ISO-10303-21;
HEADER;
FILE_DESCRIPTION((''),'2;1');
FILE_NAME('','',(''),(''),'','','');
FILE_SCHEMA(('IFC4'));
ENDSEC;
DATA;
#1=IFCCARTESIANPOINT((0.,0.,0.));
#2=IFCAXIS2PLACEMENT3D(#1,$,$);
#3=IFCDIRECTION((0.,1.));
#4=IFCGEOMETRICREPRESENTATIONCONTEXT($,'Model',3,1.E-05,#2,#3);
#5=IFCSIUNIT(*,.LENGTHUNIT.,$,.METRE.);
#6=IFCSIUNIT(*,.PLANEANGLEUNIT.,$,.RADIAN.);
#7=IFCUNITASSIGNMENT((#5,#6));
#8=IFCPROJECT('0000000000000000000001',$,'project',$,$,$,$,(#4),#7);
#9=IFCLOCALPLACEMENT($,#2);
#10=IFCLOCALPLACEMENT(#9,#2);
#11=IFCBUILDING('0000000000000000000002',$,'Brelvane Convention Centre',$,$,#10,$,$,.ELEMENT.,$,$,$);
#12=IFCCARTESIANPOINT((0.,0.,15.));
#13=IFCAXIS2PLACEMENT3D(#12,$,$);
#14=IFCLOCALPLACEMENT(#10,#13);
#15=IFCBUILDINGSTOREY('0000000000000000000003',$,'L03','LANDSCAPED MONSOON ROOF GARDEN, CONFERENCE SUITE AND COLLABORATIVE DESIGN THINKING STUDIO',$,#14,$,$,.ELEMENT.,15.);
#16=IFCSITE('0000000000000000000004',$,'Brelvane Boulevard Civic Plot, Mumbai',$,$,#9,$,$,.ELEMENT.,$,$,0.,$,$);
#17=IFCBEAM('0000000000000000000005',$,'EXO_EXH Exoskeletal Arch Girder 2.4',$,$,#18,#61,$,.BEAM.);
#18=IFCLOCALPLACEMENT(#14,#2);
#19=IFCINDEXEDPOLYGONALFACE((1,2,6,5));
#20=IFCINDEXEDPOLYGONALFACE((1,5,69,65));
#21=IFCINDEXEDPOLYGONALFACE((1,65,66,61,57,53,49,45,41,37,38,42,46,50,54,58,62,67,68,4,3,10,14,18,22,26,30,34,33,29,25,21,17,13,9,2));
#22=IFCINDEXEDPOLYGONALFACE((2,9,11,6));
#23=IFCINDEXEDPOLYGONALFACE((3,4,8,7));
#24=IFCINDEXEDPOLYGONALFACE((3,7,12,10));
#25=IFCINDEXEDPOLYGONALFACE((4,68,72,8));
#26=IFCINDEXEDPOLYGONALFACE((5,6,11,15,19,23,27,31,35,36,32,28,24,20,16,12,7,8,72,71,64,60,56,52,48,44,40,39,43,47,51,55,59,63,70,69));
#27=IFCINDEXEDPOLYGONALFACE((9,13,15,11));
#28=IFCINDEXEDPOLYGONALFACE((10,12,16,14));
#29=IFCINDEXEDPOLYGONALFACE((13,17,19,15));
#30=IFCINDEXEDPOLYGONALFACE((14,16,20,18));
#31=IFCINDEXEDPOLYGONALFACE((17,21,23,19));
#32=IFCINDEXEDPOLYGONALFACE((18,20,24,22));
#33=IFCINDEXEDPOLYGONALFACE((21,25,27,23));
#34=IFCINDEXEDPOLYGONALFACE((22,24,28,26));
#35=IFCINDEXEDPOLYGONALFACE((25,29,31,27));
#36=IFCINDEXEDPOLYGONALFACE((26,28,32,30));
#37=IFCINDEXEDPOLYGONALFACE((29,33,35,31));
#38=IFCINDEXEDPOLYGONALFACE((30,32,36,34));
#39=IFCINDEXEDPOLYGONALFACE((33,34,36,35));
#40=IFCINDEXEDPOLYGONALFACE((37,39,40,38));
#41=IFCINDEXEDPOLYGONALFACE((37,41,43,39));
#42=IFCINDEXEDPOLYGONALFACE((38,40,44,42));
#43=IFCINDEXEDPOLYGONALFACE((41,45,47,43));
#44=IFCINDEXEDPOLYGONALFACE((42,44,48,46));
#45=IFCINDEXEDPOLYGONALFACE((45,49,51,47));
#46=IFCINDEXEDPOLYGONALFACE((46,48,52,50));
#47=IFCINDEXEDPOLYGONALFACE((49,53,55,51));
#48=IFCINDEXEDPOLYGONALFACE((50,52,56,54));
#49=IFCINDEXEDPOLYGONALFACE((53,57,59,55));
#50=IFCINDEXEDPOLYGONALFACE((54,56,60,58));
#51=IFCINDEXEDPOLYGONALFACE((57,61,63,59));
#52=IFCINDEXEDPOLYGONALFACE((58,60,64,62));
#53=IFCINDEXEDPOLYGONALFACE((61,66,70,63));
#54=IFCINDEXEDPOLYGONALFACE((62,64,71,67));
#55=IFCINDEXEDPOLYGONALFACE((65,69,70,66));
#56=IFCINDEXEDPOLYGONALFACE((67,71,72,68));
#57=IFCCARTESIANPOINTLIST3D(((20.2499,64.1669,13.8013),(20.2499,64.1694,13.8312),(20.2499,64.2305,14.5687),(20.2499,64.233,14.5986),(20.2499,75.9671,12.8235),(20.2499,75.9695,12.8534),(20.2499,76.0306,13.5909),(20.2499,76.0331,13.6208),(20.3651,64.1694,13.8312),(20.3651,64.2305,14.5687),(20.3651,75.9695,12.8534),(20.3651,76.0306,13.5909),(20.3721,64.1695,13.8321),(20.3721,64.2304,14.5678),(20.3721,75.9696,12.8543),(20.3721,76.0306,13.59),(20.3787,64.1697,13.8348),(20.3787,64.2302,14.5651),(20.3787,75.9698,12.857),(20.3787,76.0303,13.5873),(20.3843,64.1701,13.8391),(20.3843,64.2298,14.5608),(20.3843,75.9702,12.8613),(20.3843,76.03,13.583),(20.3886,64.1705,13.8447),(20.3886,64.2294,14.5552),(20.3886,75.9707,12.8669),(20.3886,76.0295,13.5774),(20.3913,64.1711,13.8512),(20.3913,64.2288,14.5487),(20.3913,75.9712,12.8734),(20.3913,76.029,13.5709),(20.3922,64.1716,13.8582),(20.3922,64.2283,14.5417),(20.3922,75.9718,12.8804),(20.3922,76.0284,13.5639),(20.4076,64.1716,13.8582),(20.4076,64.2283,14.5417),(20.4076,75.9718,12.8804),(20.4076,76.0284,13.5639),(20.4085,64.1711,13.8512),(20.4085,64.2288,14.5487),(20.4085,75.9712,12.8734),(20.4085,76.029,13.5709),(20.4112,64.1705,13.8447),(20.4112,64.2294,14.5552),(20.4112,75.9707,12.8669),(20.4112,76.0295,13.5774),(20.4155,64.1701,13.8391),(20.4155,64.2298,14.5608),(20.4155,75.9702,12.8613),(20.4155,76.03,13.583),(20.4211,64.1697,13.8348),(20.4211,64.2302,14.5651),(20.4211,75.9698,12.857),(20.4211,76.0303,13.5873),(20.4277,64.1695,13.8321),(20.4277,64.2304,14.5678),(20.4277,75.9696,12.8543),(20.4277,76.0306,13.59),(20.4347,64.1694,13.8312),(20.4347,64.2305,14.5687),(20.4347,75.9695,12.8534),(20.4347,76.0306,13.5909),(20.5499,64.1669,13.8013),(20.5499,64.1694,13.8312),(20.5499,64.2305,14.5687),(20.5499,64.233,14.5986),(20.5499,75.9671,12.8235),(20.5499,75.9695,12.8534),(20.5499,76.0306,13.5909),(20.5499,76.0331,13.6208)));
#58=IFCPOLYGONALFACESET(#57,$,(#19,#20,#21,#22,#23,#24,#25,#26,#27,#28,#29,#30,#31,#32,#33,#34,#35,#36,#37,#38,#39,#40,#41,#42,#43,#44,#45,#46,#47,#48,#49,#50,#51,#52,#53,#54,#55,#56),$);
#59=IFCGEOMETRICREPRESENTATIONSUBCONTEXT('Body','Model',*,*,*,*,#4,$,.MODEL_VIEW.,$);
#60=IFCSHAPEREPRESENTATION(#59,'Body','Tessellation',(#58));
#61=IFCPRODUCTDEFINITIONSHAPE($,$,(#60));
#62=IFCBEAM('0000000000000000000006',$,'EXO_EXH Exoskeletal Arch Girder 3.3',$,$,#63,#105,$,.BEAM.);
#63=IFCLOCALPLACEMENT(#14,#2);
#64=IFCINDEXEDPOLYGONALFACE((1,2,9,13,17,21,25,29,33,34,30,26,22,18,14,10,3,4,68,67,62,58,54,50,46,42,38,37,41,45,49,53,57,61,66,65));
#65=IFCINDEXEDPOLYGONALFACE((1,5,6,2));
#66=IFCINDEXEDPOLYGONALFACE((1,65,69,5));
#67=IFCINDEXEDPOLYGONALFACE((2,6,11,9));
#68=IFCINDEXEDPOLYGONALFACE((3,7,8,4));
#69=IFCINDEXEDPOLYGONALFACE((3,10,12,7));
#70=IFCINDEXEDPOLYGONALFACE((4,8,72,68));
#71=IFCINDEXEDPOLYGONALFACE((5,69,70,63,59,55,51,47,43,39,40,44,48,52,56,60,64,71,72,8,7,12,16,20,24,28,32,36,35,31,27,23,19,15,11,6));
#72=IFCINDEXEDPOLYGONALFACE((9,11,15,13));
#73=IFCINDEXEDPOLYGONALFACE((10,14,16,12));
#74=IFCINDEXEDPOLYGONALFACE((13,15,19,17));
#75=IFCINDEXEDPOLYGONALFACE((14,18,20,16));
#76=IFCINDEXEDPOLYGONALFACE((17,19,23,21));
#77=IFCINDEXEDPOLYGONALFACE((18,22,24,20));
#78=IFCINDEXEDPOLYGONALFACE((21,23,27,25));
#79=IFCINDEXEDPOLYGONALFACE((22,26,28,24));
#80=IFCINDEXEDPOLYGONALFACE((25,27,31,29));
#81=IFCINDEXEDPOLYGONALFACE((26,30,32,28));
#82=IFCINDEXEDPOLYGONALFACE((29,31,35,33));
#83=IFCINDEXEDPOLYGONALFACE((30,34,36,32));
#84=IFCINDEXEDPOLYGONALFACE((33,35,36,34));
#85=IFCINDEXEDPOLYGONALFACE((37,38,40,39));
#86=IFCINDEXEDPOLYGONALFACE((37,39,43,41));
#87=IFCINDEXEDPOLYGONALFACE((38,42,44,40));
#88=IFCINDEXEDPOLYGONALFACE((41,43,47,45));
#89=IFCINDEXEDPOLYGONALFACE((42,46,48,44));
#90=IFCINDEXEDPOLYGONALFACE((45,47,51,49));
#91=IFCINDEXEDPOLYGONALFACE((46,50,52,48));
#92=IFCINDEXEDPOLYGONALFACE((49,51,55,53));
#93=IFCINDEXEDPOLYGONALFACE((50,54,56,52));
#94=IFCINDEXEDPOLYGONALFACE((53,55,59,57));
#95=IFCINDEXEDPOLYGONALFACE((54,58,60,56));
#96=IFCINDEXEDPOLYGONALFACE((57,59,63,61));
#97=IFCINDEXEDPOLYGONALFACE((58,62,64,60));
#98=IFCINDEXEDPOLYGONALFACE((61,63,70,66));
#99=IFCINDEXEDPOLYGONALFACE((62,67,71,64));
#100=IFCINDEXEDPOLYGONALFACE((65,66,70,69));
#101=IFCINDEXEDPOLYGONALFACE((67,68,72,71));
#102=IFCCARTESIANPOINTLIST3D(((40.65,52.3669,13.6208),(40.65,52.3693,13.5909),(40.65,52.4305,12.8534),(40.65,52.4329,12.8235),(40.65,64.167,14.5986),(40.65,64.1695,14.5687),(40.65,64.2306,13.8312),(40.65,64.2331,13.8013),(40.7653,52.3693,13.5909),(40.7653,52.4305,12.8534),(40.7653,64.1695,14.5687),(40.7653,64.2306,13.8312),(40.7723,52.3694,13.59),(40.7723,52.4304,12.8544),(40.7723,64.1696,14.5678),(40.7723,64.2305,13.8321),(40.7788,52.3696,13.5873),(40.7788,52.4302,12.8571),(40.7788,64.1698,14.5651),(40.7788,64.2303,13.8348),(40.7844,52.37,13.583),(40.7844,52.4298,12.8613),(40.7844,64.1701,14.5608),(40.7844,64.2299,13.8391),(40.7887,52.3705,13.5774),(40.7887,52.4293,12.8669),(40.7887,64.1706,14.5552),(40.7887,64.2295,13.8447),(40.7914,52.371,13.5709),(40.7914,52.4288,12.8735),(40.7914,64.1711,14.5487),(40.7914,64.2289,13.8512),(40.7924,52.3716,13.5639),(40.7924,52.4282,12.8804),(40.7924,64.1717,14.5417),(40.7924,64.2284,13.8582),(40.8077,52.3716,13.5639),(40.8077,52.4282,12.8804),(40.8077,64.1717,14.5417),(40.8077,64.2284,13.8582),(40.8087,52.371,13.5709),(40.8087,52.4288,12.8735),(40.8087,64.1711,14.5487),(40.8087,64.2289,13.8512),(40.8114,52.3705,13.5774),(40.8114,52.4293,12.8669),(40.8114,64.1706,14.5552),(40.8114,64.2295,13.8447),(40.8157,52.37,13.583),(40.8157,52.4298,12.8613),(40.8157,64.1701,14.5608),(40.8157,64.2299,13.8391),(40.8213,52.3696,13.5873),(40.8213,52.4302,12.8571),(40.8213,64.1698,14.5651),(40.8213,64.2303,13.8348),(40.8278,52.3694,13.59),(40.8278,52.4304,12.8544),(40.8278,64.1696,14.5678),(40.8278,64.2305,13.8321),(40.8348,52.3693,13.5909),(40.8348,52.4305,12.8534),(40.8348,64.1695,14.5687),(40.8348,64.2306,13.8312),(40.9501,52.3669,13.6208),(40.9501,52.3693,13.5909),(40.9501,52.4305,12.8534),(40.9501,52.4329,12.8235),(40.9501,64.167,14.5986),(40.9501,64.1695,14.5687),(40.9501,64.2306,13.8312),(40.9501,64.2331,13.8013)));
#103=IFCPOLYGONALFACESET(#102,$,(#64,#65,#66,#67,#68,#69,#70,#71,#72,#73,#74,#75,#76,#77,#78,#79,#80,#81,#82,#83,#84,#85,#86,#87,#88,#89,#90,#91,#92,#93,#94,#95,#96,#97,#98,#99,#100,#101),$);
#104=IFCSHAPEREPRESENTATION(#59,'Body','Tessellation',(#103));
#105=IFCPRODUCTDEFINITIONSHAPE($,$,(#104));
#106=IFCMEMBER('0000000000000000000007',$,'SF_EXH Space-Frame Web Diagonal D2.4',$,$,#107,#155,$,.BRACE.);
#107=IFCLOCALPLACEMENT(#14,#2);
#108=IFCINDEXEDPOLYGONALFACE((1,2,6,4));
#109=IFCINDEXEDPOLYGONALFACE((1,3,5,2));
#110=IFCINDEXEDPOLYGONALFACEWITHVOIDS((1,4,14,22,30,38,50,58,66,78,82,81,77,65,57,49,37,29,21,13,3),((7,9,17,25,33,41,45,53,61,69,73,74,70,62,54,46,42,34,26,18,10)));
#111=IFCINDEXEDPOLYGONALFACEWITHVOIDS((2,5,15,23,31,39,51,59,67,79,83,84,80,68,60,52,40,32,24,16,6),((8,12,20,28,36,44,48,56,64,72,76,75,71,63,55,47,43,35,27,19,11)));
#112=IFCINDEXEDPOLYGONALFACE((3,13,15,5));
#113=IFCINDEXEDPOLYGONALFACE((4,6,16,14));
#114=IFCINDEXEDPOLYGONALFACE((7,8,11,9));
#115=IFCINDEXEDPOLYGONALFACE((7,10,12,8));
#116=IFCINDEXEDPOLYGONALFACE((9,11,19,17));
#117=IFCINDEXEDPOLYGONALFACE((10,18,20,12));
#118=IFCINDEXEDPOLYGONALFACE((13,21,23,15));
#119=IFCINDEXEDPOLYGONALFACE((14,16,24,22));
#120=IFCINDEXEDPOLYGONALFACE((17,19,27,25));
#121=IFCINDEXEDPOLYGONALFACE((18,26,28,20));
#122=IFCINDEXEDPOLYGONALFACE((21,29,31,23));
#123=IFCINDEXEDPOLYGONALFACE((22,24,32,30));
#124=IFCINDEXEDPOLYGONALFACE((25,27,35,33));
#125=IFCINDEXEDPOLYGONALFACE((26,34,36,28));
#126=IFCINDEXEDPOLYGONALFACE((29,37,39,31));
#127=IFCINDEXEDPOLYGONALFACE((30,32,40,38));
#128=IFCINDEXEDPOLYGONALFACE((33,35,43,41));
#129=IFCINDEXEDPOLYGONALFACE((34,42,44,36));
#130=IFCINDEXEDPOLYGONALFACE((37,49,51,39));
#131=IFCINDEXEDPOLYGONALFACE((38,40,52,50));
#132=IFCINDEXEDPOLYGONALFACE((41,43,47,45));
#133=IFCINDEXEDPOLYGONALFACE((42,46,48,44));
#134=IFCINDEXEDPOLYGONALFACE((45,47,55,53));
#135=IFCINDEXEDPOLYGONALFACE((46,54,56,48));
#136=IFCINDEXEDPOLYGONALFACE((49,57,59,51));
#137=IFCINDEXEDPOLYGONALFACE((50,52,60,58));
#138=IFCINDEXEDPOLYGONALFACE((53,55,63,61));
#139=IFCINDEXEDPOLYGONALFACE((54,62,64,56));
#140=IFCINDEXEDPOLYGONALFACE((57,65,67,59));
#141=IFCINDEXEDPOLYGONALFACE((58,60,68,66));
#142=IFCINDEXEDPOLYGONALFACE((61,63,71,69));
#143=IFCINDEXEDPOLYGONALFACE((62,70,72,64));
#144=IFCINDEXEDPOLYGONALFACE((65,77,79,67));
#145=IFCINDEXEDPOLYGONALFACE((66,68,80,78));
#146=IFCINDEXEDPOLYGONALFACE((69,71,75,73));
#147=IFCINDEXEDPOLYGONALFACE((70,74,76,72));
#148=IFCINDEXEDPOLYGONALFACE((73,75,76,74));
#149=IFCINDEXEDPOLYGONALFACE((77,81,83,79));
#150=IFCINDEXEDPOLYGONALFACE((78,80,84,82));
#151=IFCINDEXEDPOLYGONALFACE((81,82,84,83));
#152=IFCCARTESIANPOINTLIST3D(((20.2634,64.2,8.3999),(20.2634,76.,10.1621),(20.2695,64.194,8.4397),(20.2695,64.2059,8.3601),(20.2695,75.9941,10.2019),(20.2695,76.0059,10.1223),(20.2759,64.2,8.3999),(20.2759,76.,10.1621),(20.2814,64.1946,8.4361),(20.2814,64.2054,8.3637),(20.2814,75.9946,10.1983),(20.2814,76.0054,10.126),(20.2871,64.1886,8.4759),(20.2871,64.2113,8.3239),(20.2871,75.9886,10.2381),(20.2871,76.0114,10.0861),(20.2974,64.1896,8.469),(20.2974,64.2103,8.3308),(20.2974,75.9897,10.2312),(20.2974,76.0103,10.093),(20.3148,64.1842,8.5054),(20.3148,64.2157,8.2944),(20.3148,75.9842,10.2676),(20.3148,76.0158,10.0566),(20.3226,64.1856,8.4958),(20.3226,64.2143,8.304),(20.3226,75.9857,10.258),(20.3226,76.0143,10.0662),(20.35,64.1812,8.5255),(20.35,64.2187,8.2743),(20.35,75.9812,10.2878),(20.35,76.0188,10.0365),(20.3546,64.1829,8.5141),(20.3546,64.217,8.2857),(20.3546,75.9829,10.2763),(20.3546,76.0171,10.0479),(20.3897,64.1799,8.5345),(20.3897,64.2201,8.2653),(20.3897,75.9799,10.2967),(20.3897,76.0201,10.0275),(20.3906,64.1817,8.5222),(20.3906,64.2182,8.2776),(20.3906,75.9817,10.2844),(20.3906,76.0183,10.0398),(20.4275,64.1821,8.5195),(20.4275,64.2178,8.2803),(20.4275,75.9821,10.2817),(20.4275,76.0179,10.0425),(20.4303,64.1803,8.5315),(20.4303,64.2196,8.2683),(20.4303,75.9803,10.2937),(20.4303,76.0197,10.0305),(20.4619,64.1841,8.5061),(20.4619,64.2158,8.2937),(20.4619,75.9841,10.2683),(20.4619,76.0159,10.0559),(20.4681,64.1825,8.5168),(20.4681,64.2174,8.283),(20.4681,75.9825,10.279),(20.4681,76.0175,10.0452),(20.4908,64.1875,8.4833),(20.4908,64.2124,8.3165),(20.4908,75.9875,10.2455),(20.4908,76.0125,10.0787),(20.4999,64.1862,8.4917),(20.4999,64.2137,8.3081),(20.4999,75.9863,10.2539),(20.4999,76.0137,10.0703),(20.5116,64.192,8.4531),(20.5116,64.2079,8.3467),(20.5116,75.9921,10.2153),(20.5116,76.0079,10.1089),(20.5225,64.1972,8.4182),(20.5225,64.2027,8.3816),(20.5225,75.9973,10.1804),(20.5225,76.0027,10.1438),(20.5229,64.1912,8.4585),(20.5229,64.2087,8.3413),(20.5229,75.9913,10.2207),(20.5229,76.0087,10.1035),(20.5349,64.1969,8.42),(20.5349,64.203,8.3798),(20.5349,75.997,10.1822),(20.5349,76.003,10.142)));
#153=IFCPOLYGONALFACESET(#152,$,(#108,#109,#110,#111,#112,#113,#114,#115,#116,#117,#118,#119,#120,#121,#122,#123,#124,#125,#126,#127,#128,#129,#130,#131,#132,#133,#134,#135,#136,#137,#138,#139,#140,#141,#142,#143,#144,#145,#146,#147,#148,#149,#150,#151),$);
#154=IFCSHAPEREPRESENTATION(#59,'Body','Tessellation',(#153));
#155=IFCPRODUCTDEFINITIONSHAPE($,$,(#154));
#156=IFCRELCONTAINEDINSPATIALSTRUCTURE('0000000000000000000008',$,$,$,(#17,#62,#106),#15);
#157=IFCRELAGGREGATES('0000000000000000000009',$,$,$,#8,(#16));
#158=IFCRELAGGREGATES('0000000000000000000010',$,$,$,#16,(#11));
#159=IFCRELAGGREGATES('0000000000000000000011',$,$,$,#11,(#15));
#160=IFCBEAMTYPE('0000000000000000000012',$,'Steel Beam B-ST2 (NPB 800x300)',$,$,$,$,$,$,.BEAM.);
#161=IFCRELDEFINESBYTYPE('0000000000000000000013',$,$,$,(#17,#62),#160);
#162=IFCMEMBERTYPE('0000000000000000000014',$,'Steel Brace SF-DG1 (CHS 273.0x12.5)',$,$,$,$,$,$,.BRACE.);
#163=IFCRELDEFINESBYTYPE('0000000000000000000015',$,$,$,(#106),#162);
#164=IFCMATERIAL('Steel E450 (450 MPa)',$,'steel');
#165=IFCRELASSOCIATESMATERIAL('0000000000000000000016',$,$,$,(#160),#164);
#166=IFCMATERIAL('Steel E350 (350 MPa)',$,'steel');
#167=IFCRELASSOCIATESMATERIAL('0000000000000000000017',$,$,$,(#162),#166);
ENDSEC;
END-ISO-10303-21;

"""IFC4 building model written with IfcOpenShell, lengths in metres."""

from ifc_helpers import new_model, si_unit, direction, frame, origin, origin_2d, place, context, subcontext, project, spatial, hollow_circle, i_section, extrude, material, material_profile, profile_set, type_object, element, save


model = new_model("IFC4")

# Units and contexts
model_context = context("Model", 3, precision=1e-05, world=origin(), true_north=direction((0.0, 1.0)))
body_context = subcontext(model_context, "Body", "Model", "MODEL_VIEW")
ifc_project = project(units=[si_unit("LENGTHUNIT", "METRE"), si_unit("PLANEANGLEUNIT", "RADIAN")], contexts=[model_context])

# Site, building, storey
site_placement = place(None, origin())
site = spatial("IfcSite", under=ifc_project, at=site_placement, Name="Brelvane Boulevard Civic Plot, Mumbai", CompositionType="ELEMENT", RefElevation=0.0)
building_placement = place(site_placement, origin())
building = spatial("IfcBuilding", under=site, at=building_placement, Name="Brelvane Convention Centre", CompositionType="ELEMENT")
storey_placement = place(building_placement, frame((0.0, 0.0, 15.0)))
storey = spatial("IfcBuildingStorey", under=building, at=storey_placement, Name="L03", Description="LANDSCAPED MONSOON ROOF GARDEN, CONFERENCE SUITE AND COLLABORATIVE DESIGN THINKING STUDIO", CompositionType="ELEMENT", Elevation=15.0)

# Beams
ifc_material_1 = material(Name="Steel E450 (450 MPa)", Category="steel")
ifc_material_profile_1 = material_profile(ifc_material_1, i_section(OverallWidth=0.3, OverallDepth=0.8, WebThickness=0.0154, FlangeThickness=0.03, FilletRadius=0.0271, at=origin_2d()), Name="NPB 800x300")
ifc_profile_set_1 = profile_set([ifc_material_profile_1], Name="Steel E450 (450 MPa)")
beam_type = type_object("IfcBeamType", Name="Steel Beam B-ST2 (NPB 800x300)", PredefinedType="BEAM", material=ifc_profile_set_1)
for number, where, z_axis, x_axis, name in (
    (1, (20.3999, 64.2, 14.2), (0.0, 0.996584, -0.08258), (-1.0, 0.0, 0.0), "EXO_EXH Exoskeletal Arch Girder 2.4"),
    (2, (40.8, 52.3999, 13.2222), (0.0, 0.996584, 0.08258), (-1.0, 0.0, 0.0), "EXO_EXH Exoskeletal Arch Girder 3.3"),
):
    element("IfcBeam", number, at=place(storey_placement, frame(where, z_axis=z_axis, x_axis=x_axis)), inside=storey, type_object=beam_type, Name=name, PredefinedType="BEAM", context=body_context, shape_type="SweptSolid", body=[
        extrude(i_section(OverallWidth=0.3, OverallDepth=0.8, WebThickness=0.0154, FlangeThickness=0.03, FilletRadius=0.0271, at=origin_2d()), origin(), (0.0, 0.0, 1.0), 11.8406),
    ])

# Member
ifc_material_2 = material(Name="Steel E350 (350 MPa)", Category="steel")
ifc_material_profile_2 = material_profile(ifc_material_2, hollow_circle(Radius=0.1365, WallThickness=0.0125, at=origin_2d()), Name="CHS 273.0x12.5")
ifc_profile_set_2 = profile_set([ifc_material_profile_2], Name="Steel E350 (350 MPa)")
member_type_1 = type_object("IfcMemberType", Name="Steel Brace SF-DG1 (CHS 273.0x12.5)", PredefinedType="BRACE", material=ifc_profile_set_2)
member_1_placement = place(storey_placement, frame((20.3999, 64.2, 8.3999), z_axis=(0.0, 0.989032, 0.147701), x_axis=(-1.0, 0.0, 0.0)))
element("IfcMember", 3, at=member_1_placement, inside=storey, type_object=member_type_1, Name="SF_EXH Space-Frame Web Diagonal D2.4", PredefinedType="BRACE", context=body_context, shape_type="SweptSolid", body=[
    extrude(hollow_circle(Radius=0.1365, WallThickness=0.0125, at=origin_2d()), origin(), (0.0, 0.0, 1.0), 11.9309),
])

save(model, "model.ifc")
